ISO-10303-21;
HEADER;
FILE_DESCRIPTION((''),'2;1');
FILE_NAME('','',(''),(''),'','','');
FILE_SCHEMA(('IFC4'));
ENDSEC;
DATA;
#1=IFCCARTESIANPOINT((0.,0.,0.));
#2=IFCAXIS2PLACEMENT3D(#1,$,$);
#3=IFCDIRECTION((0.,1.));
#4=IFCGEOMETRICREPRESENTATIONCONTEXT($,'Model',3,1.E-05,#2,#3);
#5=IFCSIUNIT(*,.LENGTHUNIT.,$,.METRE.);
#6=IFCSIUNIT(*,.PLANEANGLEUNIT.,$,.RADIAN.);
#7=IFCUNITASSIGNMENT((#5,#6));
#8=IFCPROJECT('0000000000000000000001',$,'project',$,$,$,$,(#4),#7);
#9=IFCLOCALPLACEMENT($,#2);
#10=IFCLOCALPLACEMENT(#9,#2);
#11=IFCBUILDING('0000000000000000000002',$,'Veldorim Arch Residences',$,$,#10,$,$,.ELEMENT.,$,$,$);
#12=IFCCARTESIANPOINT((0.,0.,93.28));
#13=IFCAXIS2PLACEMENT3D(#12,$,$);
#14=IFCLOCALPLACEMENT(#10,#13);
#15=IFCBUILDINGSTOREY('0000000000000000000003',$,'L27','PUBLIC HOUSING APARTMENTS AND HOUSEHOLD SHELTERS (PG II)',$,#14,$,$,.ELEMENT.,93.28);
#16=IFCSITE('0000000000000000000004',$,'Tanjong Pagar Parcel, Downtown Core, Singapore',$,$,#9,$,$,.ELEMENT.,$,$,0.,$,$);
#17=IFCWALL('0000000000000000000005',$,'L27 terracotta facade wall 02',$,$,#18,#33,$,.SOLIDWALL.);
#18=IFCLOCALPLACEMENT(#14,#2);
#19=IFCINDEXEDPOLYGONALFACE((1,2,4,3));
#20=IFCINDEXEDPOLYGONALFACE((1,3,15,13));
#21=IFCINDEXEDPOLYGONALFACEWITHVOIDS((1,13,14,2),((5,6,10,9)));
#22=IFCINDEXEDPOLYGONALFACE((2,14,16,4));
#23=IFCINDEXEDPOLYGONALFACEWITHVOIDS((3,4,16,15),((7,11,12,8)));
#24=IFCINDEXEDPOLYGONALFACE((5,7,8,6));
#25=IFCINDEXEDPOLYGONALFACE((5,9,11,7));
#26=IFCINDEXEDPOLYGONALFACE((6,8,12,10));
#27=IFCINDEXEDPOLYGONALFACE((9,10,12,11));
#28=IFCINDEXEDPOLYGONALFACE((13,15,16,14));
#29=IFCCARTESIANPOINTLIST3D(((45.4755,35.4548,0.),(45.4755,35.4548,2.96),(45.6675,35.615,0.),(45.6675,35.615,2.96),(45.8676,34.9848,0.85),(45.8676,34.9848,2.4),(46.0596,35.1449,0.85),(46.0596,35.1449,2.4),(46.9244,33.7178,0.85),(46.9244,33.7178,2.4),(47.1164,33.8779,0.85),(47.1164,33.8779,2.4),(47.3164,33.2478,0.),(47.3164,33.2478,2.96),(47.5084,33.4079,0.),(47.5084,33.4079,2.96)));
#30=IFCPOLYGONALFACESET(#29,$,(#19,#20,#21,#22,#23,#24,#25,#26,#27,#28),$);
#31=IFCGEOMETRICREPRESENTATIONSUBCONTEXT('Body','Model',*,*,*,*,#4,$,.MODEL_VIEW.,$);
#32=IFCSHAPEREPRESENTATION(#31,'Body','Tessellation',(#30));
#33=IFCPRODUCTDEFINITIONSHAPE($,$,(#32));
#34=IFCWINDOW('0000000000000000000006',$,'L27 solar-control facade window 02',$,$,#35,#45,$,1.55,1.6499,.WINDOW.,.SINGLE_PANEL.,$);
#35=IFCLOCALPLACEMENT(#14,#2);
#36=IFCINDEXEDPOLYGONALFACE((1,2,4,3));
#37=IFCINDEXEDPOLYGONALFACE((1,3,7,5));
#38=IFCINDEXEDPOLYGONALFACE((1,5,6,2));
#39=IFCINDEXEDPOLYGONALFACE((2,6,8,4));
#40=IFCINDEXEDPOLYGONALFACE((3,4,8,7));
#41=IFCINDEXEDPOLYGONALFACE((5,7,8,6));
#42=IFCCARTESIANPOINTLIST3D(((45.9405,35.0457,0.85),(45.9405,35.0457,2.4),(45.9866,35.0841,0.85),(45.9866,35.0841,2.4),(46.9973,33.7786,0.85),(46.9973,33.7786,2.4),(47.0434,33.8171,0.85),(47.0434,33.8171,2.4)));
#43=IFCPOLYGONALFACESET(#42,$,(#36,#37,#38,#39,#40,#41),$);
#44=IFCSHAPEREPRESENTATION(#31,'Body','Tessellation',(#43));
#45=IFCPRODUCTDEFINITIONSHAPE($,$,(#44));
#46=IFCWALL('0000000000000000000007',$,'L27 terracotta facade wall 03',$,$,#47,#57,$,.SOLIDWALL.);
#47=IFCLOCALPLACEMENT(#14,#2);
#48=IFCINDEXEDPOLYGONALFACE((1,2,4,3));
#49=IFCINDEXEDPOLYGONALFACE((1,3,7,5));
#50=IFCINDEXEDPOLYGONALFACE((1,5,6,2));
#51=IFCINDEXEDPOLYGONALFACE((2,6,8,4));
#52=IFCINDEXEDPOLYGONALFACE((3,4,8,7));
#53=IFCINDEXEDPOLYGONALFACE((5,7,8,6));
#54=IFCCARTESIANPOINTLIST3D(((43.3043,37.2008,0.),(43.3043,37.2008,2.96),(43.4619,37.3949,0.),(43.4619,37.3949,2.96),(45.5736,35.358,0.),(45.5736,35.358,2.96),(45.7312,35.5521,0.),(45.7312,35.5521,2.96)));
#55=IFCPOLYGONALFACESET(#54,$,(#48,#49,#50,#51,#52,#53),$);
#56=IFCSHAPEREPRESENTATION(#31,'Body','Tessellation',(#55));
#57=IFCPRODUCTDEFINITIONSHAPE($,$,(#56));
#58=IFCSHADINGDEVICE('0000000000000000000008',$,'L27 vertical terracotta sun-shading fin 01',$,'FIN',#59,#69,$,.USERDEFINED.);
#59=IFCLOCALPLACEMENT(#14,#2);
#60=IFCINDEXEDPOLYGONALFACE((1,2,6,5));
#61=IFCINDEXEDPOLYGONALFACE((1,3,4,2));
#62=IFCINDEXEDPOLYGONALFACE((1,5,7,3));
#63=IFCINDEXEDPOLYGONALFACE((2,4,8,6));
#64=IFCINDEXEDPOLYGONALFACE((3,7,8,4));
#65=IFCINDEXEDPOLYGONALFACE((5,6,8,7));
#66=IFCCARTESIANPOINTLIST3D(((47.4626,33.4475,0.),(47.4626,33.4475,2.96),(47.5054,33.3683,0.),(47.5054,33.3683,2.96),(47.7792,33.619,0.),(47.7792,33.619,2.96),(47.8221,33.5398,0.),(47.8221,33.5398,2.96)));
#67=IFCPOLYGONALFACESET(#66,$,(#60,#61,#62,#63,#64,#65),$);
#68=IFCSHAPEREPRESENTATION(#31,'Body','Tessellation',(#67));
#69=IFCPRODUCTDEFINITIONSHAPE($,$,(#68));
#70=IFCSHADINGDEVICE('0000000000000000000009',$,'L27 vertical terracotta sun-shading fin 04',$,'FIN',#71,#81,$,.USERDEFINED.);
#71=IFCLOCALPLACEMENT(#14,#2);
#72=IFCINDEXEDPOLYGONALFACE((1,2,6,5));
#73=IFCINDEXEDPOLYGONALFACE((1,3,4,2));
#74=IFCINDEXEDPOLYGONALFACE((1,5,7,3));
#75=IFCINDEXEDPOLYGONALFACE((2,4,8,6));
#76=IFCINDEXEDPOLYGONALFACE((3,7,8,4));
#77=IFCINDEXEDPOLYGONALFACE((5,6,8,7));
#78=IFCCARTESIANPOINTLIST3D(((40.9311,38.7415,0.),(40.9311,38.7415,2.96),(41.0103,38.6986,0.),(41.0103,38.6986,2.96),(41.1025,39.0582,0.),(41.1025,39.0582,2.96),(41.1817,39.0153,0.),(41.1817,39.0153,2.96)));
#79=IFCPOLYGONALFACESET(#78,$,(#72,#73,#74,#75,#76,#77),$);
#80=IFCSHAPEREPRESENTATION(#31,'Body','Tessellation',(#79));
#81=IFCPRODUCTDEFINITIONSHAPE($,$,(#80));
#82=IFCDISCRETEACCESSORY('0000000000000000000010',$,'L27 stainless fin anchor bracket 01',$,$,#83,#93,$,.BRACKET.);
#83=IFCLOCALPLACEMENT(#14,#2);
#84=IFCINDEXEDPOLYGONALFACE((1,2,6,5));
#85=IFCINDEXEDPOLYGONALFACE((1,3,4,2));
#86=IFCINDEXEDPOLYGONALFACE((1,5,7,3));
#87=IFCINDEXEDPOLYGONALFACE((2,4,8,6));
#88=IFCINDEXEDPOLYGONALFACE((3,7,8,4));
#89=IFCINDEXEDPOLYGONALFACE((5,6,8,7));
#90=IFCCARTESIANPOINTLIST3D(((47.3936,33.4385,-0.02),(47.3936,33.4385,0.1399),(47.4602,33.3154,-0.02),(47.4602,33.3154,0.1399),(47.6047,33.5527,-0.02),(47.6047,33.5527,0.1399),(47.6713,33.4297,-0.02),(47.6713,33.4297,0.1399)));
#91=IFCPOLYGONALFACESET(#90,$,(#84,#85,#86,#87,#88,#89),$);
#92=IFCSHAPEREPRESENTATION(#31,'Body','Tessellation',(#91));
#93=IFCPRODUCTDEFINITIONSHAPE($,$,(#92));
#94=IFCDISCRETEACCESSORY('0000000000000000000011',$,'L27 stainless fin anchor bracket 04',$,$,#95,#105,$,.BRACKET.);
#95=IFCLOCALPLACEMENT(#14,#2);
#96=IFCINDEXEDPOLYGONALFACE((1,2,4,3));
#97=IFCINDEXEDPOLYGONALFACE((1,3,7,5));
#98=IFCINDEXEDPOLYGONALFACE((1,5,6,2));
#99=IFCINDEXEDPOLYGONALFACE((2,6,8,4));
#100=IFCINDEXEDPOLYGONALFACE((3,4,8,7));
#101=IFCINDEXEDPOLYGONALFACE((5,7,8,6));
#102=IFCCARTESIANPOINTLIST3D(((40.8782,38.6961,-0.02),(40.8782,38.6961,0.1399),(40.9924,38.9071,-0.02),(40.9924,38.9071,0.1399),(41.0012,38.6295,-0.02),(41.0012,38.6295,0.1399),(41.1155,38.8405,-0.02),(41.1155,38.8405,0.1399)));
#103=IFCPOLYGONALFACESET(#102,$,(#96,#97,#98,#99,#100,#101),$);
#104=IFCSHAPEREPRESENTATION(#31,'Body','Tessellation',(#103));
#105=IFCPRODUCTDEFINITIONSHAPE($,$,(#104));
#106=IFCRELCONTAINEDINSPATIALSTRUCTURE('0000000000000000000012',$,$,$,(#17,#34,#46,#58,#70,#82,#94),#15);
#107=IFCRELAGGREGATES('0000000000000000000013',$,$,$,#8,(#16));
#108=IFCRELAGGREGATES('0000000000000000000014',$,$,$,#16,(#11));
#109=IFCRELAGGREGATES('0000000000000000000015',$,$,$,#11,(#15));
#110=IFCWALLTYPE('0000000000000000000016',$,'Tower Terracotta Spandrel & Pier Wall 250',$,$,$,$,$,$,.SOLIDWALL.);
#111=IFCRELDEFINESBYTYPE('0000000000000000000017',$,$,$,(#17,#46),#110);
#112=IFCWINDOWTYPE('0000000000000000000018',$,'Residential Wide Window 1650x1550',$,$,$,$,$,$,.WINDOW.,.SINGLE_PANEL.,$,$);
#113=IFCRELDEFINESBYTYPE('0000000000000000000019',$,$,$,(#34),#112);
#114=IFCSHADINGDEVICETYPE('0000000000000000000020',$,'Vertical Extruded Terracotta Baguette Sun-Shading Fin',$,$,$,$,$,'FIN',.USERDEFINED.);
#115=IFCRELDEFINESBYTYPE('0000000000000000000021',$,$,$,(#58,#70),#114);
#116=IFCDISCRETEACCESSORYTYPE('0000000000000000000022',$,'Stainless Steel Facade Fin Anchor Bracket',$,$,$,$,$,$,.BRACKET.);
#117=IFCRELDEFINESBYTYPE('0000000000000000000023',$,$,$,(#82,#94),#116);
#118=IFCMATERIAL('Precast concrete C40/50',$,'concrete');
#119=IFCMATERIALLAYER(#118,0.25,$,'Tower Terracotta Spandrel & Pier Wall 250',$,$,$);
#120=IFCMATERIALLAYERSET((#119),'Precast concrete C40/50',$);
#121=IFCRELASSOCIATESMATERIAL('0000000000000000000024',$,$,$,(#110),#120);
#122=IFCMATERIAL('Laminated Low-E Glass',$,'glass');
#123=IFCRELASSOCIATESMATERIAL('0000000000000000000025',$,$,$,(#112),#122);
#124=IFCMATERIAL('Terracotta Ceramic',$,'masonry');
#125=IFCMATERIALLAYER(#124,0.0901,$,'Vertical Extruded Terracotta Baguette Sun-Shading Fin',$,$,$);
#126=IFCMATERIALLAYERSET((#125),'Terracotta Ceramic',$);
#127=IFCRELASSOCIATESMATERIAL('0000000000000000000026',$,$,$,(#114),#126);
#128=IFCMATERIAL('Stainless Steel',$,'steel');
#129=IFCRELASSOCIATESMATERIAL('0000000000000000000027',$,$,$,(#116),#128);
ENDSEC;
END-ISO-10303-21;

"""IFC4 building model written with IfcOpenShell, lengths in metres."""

from ifc_helpers import new_model, si_unit, direction, frame, frame_2d, origin, origin_2d, place, context, subcontext, project, spatial, rectangle, extrude, material, layer, layer_set, type_object, element, fill, save


model = new_model("IFC4")

# Units and contexts
model_context = context("Model", 3, precision=1e-05, world=origin(), true_north=direction((0.0, 1.0)))
body_context = subcontext(model_context, "Body", "Model", "MODEL_VIEW")
ifc_project = project(units=[si_unit("LENGTHUNIT", "METRE"), si_unit("PLANEANGLEUNIT", "RADIAN")], contexts=[model_context])

# Site, building, storey
site_placement = place(None, origin())
site = spatial("IfcSite", under=ifc_project, at=site_placement, Name="Tanjong Pagar Parcel, Downtown Core, Singapore", CompositionType="ELEMENT", RefElevation=0.0)
building_placement = place(site_placement, origin())
building = spatial("IfcBuilding", under=site, at=building_placement, Name="Veldorim Arch Residences", CompositionType="ELEMENT")
storey_placement = place(building_placement, frame((0.0, 0.0, 93.28)))
storey = spatial("IfcBuildingStorey", under=building, at=storey_placement, Name="L27", Description="PUBLIC HOUSING APARTMENTS AND HOUSEHOLD SHELTERS (PG II)", CompositionType="ELEMENT", Elevation=93.28)

# Wall, opening, window
ifc_material_1 = material(Name="Precast concrete C40/50", Category="concrete")
ifc_layer_1 = layer(ifc_material_1, 0.25, Name="Tower Terracotta Spandrel & Pier Wall 250")
ifc_layer_set_1 = layer_set([ifc_layer_1], Name="Precast concrete C40/50")
wall_type_1 = type_object("IfcWallType", Name="Tower Terracotta Spandrel & Pier Wall 250", PredefinedType="SOLIDWALL", material=ifc_layer_set_1)
wall_1_placement = place(storey_placement, frame((45.5715, 35.5349, 0.0), z_axis=(0.0, 0.0, 1.0), x_axis=(0.640519, -0.767943, 0.0)))
wall_1 = element("IfcWall", 1, at=wall_1_placement, inside=storey, type_object=wall_type_1, Name="L27 terracotta facade wall 02", PredefinedType="SOLIDWALL", context=body_context, shape_type="SweptSolid", body=[
    extrude(rectangle(XDim=2.874, YDim=0.25, at=frame_2d((1.437, 0.0))), origin(), (0.0, 0.0, 1.0), 2.96),
])
opening_placement = place(wall_1_placement, frame((0.6121, 0.0, 0.8501)))
opening = element("IfcOpeningElement", 2, at=opening_placement, cuts=wall_1, PredefinedType="OPENING", context=body_context, shape_type="SweptSolid", body=[
    extrude(rectangle(XDim=1.6499, YDim=1.55, at=frame_2d((0.825, 0.7749))), frame((0.0, 0.135, 0.0), z_axis=(0.0, -1.0, 0.0), x_axis=(1.0, 0.0, 0.0)), (0.0, 0.0, 1.0), 0.27),
])
ifc_material_2 = material(Name="Laminated Low-E Glass", Category="glass")
window_type = type_object("IfcWindowType", Name="Residential Wide Window 1650x1550", PartitioningType="SINGLE_PANEL", PredefinedType="WINDOW", material=ifc_material_2)
window_placement = place(opening_placement, origin())
window = element("IfcWindow", 3, at=window_placement, inside=storey, type_object=window_type, Name="L27 solar-control facade window 02", OverallHeight=1.55, OverallWidth=1.6499, PartitioningType="SINGLE_PANEL", PredefinedType="WINDOW", context=body_context, shape_type="SweptSolid", body=[
    extrude(rectangle(XDim=1.6499, YDim=1.55, at=frame_2d((0.825, 0.7749))), frame((0.0, 0.03, 0.0), z_axis=(0.0, -1.0, 0.0), x_axis=(1.0, 0.0, 0.0)), (0.0, 0.0, 1.0), 0.0601),
])
fill(opening, window)

# Wall
wall_2_placement = place(storey_placement, frame((43.3831, 37.2979, 0.0), z_axis=(0.0, 0.0, 1.0), x_axis=(0.776285, -0.630382, 0.0)))
element("IfcWall", 4, at=wall_2_placement, inside=storey, type_object=wall_type_1, Name="L27 terracotta facade wall 03", PredefinedType="SOLIDWALL", context=body_context, shape_type="SweptSolid", body=[
    extrude(rectangle(XDim=2.9233, YDim=0.25, at=frame_2d((1.4617, 0.0))), origin(), (0.0, 0.0, 1.0), 2.96),
])

# Shading devices
ifc_material_3 = material(Name="Terracotta Ceramic", Category="masonry")
ifc_layer_2 = layer(ifc_material_3, 0.0901, Name="Vertical Extruded Terracotta Baguette Sun-Shading Fin")
ifc_layer_set_2 = layer_set([ifc_layer_2], Name="Terracotta Ceramic")
shading_device_type = type_object("IfcShadingDeviceType", Name="Vertical Extruded Terracotta Baguette Sun-Shading Fin", ElementType="FIN", PredefinedType="USERDEFINED", material=ifc_layer_set_2)
for number, where, z_axis, x_axis, name in (
    (5, (47.6423, 33.4937, 0.0), (0.0, 0.0, 1.0), (0.476085, -0.879399, 0.0), "L27 vertical terracotta sun-shading fin 01"),
    (6, (41.0564, 38.8784, 0.0), (0.0, 0.0, 1.0), (0.879399, -0.476085, 0.0), "L27 vertical terracotta sun-shading fin 04"),
):
    element("IfcShadingDevice", number, at=place(storey_placement, frame(where, z_axis=z_axis, x_axis=x_axis)), inside=storey, type_object=shading_device_type, Name=name, ObjectType="FIN", PredefinedType="USERDEFINED", context=body_context, shape_type="SweptSolid", body=[
        extrude(rectangle(XDim=0.0901, YDim=0.3601, at=origin_2d()), origin(), (0.0, 0.0, 1.0), 2.96),
    ])

# Discrete accessories
ifc_material_4 = material(Name="Stainless Steel", Category="steel")
discrete_accessory_type = type_object("IfcDiscreteAccessoryType", Name="Stainless Steel Facade Fin Anchor Bracket", PredefinedType="BRACKET", material=ifc_material_4)
for number, where, z_axis, x_axis, name in (
    (7, (47.5325, 33.4341, -0.02), (0.0, 0.0, 1.0), (0.476085, -0.879399, 0.0), "L27 stainless fin anchor bracket 01"),
    (8, (40.9968, 38.7683, -0.02), (0.0, 0.0, 1.0), (0.879399, -0.476085, 0.0), "L27 stainless fin anchor bracket 04"),
):
    element("IfcDiscreteAccessory", number, at=place(storey_placement, frame(where, z_axis=z_axis, x_axis=x_axis)), inside=storey, type_object=discrete_accessory_type, Name=name, PredefinedType="BRACKET", context=body_context, shape_type="SweptSolid", body=[
        extrude(rectangle(XDim=0.1399, YDim=0.24, at=origin_2d()), origin(), (0.0, 0.0, 1.0), 0.1599),
    ])

save(model, "model.ifc")
